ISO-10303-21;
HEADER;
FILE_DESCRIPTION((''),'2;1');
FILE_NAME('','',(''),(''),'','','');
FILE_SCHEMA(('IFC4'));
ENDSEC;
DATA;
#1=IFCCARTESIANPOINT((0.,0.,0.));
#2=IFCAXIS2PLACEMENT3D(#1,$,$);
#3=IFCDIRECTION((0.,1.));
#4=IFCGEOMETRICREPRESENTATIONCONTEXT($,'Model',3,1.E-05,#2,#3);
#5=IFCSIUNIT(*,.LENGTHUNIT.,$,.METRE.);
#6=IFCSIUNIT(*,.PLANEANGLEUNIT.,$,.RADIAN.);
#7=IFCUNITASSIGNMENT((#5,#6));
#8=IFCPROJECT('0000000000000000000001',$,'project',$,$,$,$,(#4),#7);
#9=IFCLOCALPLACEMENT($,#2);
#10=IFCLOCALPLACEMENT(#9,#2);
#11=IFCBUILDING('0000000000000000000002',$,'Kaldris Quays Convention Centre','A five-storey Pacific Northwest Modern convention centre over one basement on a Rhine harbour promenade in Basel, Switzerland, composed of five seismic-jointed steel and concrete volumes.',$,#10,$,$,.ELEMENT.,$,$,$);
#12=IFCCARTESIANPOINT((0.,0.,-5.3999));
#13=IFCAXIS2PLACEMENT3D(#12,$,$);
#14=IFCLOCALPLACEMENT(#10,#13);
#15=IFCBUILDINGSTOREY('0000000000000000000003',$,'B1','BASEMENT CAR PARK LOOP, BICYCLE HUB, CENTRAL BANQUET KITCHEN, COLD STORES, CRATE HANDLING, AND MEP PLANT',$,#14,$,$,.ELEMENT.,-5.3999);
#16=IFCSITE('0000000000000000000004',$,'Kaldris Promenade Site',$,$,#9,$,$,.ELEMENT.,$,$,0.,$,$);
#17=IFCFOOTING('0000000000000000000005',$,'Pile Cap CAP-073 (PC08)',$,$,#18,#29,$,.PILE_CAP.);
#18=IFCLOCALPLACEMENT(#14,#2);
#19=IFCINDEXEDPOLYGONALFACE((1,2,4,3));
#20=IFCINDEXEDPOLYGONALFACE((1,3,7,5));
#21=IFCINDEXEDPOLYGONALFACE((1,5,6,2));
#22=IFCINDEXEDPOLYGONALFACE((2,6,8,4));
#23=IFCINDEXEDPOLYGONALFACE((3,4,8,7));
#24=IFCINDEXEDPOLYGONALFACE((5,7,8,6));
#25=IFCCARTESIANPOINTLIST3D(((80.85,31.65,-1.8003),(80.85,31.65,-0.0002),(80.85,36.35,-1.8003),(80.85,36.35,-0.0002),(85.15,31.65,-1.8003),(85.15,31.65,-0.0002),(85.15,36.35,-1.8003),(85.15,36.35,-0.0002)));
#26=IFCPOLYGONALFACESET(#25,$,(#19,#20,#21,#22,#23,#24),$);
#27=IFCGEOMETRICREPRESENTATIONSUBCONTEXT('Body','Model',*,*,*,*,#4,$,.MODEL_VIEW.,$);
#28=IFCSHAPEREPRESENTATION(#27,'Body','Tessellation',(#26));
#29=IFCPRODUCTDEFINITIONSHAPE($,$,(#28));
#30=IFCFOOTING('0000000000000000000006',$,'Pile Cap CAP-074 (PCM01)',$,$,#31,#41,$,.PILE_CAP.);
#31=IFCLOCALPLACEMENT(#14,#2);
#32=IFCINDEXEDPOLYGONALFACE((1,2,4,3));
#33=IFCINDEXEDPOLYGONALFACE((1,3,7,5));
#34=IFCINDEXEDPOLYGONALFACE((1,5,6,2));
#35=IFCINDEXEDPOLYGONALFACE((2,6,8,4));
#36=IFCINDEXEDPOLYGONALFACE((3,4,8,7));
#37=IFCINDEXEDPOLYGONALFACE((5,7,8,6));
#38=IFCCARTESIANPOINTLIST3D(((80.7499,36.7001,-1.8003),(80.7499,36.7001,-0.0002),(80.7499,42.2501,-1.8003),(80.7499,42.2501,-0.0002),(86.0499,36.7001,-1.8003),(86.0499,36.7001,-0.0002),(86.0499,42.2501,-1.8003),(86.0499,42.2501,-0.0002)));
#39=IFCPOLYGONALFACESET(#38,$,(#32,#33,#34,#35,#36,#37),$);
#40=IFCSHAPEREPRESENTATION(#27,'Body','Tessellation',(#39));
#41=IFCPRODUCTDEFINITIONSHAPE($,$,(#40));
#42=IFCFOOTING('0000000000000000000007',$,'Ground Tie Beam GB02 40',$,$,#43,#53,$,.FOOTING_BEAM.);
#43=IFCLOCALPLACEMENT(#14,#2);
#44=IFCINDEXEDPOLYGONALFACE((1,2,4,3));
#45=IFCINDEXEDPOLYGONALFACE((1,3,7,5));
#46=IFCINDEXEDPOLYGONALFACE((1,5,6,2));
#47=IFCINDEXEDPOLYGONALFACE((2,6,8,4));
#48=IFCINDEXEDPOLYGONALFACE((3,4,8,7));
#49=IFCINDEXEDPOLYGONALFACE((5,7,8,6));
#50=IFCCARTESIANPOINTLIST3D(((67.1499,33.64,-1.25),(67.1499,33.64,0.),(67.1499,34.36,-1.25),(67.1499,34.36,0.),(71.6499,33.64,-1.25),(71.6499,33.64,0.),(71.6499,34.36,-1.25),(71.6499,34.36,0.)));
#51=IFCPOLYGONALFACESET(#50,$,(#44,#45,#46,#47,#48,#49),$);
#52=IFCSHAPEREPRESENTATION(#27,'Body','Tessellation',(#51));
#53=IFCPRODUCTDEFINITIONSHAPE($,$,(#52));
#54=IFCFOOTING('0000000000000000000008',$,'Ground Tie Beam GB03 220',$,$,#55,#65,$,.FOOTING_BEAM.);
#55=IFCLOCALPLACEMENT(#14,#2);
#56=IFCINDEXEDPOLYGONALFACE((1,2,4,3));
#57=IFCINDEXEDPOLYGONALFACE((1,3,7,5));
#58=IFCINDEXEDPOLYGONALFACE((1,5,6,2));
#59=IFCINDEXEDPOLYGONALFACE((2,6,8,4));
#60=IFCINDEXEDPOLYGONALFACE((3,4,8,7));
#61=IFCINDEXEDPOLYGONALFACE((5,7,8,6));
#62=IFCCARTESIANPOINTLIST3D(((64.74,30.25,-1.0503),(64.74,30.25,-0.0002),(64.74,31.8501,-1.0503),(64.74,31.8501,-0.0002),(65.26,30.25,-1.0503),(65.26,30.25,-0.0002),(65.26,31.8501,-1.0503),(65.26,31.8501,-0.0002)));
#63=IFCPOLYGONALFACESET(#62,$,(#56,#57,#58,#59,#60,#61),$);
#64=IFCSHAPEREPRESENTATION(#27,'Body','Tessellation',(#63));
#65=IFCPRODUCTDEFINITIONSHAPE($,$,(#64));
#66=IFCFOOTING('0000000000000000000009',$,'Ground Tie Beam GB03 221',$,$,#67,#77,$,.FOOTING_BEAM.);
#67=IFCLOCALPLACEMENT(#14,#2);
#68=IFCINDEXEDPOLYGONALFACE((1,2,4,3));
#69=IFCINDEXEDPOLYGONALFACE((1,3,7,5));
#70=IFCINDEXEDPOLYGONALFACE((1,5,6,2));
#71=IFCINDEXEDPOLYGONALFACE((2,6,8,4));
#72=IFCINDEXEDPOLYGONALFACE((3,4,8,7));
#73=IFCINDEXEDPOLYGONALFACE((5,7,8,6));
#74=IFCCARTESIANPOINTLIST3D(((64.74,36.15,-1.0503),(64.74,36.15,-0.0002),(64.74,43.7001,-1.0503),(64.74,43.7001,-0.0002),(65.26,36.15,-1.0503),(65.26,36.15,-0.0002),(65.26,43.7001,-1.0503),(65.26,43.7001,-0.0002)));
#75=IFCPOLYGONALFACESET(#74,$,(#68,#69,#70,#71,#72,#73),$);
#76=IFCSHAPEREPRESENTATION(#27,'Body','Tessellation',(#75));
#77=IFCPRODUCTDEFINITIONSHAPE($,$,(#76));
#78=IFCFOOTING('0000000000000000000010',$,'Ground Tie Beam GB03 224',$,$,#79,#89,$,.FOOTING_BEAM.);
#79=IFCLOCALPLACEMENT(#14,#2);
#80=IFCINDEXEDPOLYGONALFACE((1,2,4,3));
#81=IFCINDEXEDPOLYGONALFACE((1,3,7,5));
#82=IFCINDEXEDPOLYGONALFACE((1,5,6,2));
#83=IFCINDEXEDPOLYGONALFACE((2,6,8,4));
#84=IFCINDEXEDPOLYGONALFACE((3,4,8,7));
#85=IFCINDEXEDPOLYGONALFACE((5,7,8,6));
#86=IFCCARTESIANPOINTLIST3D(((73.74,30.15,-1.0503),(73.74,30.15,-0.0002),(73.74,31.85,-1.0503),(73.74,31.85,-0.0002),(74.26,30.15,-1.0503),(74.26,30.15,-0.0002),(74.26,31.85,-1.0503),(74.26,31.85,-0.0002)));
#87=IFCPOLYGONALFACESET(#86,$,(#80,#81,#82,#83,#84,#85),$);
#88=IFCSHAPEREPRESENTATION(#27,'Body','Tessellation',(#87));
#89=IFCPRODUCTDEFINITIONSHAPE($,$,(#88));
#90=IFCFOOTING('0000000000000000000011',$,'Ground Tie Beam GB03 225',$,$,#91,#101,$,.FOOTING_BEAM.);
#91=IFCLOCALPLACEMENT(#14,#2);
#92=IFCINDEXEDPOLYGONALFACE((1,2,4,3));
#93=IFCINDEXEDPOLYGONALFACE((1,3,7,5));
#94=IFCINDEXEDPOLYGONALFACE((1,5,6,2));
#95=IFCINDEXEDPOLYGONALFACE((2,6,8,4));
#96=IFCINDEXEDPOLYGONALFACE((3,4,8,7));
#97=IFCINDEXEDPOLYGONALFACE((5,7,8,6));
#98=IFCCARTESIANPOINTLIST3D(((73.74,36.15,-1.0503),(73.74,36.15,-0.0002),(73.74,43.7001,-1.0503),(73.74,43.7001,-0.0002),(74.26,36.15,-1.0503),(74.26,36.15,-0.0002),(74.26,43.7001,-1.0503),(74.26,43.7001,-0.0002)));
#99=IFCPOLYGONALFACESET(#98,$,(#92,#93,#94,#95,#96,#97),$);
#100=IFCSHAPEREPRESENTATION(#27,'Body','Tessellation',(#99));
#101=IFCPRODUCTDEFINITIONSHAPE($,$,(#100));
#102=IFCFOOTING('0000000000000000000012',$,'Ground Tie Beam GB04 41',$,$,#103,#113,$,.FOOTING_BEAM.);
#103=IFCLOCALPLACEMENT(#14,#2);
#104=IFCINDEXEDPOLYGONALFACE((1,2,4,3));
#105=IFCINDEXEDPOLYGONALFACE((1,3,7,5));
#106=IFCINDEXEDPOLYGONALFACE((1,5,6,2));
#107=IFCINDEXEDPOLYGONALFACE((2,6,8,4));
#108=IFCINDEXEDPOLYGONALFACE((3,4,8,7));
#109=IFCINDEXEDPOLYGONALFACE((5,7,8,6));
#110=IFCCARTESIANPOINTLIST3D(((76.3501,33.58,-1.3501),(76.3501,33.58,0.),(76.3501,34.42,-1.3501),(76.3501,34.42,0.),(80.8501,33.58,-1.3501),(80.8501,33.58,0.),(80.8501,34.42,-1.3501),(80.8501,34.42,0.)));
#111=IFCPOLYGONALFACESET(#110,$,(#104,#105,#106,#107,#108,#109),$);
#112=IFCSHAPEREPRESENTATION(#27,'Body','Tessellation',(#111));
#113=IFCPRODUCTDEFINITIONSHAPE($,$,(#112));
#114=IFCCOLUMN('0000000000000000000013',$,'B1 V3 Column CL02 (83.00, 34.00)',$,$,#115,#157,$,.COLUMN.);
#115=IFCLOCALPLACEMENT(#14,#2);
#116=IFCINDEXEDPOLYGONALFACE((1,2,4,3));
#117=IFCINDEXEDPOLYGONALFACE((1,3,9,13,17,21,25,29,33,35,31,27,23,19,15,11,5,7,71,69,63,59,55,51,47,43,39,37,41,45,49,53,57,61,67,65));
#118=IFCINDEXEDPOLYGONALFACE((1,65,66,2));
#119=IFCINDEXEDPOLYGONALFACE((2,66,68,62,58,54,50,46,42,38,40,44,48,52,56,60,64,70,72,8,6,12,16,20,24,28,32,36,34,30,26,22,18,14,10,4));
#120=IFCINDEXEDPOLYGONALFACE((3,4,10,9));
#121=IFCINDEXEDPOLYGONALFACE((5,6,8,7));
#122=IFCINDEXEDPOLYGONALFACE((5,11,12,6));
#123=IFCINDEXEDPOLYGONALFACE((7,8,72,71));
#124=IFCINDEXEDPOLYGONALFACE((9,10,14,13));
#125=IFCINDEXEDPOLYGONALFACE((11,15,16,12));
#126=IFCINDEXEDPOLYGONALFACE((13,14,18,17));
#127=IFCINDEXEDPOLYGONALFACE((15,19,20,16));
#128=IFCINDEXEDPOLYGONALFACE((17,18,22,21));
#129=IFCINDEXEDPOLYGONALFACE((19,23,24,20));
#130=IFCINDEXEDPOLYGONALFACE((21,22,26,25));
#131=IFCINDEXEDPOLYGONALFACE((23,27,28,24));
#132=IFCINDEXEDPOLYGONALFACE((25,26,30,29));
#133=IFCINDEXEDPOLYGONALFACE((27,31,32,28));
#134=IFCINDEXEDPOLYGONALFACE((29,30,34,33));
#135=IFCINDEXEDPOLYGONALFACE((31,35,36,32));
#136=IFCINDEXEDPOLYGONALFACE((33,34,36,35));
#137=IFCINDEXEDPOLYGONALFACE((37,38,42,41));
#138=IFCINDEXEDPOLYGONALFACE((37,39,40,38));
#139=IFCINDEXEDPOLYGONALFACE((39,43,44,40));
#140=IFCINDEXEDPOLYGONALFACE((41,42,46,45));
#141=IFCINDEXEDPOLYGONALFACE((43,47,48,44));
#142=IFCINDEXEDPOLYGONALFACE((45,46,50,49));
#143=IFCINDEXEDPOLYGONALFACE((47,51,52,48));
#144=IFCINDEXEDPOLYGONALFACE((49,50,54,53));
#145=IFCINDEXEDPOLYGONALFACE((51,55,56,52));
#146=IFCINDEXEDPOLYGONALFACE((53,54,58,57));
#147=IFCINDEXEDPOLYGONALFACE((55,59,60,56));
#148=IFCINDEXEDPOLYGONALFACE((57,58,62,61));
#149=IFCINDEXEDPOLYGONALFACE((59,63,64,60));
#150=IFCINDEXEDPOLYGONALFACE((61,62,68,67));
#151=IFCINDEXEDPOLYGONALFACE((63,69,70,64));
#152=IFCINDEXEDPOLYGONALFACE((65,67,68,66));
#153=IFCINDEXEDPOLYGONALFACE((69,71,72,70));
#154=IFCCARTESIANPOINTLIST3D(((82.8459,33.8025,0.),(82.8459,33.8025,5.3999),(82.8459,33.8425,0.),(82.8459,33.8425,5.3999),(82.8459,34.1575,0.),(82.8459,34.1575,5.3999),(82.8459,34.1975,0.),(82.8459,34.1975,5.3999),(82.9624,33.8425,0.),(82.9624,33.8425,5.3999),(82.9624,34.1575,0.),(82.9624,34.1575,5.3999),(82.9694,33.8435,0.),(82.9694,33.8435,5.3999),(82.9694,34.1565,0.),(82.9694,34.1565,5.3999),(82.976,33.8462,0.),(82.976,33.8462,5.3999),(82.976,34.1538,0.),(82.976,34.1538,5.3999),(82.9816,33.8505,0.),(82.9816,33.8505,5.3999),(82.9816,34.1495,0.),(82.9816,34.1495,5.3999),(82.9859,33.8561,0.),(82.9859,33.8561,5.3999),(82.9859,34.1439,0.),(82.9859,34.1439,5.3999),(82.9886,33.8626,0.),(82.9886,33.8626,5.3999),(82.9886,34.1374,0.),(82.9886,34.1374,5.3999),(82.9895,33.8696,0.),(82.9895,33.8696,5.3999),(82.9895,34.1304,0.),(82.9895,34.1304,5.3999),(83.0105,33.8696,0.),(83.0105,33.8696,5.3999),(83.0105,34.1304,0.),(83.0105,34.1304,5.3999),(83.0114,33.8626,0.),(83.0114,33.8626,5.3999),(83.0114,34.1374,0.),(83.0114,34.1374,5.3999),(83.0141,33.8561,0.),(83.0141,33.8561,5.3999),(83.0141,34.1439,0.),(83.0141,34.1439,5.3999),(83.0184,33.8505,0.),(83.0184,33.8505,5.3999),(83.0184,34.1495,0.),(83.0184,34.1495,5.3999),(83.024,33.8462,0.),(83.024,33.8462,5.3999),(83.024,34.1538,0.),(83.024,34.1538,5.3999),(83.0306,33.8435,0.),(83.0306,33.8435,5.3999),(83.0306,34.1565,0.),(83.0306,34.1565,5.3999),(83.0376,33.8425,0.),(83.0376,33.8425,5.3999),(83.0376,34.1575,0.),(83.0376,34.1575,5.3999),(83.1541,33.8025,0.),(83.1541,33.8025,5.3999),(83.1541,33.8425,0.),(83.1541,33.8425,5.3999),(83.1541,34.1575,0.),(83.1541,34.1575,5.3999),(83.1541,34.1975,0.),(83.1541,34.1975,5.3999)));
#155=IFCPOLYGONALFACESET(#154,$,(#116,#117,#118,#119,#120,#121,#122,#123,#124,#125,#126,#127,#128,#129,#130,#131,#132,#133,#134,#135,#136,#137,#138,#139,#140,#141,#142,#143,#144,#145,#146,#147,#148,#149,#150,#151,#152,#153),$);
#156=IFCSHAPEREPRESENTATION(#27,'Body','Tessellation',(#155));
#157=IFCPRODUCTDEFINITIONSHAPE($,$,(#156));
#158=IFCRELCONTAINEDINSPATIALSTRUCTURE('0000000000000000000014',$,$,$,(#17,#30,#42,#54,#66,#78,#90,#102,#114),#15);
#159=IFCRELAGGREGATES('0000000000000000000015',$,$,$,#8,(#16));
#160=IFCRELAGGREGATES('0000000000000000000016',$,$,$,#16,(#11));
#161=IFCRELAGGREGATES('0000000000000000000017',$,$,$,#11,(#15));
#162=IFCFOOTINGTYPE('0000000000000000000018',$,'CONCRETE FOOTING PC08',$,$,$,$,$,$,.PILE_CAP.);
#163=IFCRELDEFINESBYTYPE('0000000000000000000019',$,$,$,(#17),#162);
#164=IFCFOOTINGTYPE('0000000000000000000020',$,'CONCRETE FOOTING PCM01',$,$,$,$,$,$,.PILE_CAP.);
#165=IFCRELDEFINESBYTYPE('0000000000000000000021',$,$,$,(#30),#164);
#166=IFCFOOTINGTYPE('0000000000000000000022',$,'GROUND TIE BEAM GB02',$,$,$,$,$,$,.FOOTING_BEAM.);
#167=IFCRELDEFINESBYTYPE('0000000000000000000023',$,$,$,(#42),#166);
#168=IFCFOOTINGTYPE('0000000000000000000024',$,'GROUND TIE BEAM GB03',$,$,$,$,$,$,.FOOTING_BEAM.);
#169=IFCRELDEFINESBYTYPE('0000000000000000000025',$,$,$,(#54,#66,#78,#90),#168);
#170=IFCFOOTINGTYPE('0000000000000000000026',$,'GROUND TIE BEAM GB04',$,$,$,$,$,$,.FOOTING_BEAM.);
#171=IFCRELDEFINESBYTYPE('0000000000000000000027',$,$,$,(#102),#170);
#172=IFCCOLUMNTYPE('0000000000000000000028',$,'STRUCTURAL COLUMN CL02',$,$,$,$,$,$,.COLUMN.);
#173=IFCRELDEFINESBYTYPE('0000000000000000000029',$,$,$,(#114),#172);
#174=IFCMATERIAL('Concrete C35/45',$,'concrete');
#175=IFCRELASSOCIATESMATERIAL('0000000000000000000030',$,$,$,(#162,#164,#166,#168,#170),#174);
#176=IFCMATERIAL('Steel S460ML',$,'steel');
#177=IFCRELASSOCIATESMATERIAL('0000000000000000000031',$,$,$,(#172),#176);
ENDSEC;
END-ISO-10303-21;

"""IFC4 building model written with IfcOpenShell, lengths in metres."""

from ifc_helpers import new_model, si_unit, direction, frame, origin, origin_2d, place, context, subcontext, project, spatial, rectangle, i_section, extrude, material, material_profile, profile_set, type_object, element, save


model = new_model("IFC4")

# Units and contexts
model_context = context("Model", 3, precision=1e-05, world=origin(), true_north=direction((0.0, 1.0)))
body_context = subcontext(model_context, "Body", "Model", "MODEL_VIEW")
ifc_project = project(units=[si_unit("LENGTHUNIT", "METRE"), si_unit("PLANEANGLEUNIT", "RADIAN")], contexts=[model_context])

# Site, building, storey
site_placement = place(None, origin())
site = spatial("IfcSite", under=ifc_project, at=site_placement, Name="Kaldris Promenade Site", CompositionType="ELEMENT", RefElevation=0.0)
building_placement = place(site_placement, origin())
building = spatial("IfcBuilding", under=site, at=building_placement, Name="Kaldris Quays Convention Centre", Description="A five-storey Pacific Northwest Modern convention centre over one basement on a Rhine harbour promenade in Basel, Switzerland, composed of five seismic-jointed steel and concrete volumes.", CompositionType="ELEMENT")
storey_placement = place(building_placement, frame((0.0, 0.0, -5.3999)))
storey = spatial("IfcBuildingStorey", under=building, at=storey_placement, Name="B1", Description="BASEMENT CAR PARK LOOP, BICYCLE HUB, CENTRAL BANQUET KITCHEN, COLD STORES, CRATE HANDLING, AND MEP PLANT", CompositionType="ELEMENT", Elevation=-5.3999)

# Shared definitions
ifc_material_1 = material(Name="Concrete C35/45", Category="concrete")

# Footings
footing_type_1 = type_object("IfcFootingType", Name="CONCRETE FOOTING PC08", PredefinedType="PILE_CAP", material=ifc_material_1)
footing_1_placement = place(storey_placement, frame((83.0, 34.0, -1.8003), z_axis=(0.0, 0.0, 1.0), x_axis=(1.0, 0.0, 0.0)))
element("IfcFooting", 1, at=footing_1_placement, inside=storey, type_object=footing_type_1, Name="Pile Cap CAP-073 (PC08)", PredefinedType="PILE_CAP", context=body_context, shape_type="SweptSolid", body=[
    extrude(rectangle(XDim=4.3, YDim=4.7, at=origin_2d()), origin(), (0.0, 0.0, 1.0), 1.8),
])
footing_type_2 = type_object("IfcFootingType", Name="CONCRETE FOOTING PCM01", PredefinedType="PILE_CAP", material=ifc_material_1)
footing_2_placement = place(storey_placement, frame((83.3999, 39.4751, -1.8003), z_axis=(0.0, 0.0, 1.0), x_axis=(1.0, 0.0, 0.0)))
element("IfcFooting", 2, at=footing_2_placement, inside=storey, type_object=footing_type_2, Name="Pile Cap CAP-074 (PCM01)", PredefinedType="PILE_CAP", context=body_context, shape_type="SweptSolid", body=[
    extrude(rectangle(XDim=5.3, YDim=5.55, at=origin_2d()), origin(), (0.0, 0.0, 1.0), 1.8),
])
footing_type_3 = type_object("IfcFootingType", Name="GROUND TIE BEAM GB02", PredefinedType="FOOTING_BEAM", material=ifc_material_1)
footing_3_placement = place(storey_placement, frame((69.3999, 34.0, -1.25), z_axis=(0.0, 0.0, 1.0), x_axis=(1.0, 0.0, 0.0)))
element("IfcFooting", 3, at=footing_3_placement, inside=storey, type_object=footing_type_3, Name="Ground Tie Beam GB02 40", PredefinedType="FOOTING_BEAM", context=body_context, shape_type="SweptSolid", body=[
    extrude(rectangle(XDim=4.5, YDim=0.72, at=origin_2d()), origin(), (0.0, 0.0, 1.0), 1.25),
])
footing_type_4 = type_object("IfcFootingType", Name="GROUND TIE BEAM GB03", PredefinedType="FOOTING_BEAM", material=ifc_material_1)
footing_4_placement = place(storey_placement, frame((65.0, 31.05, -1.0503), z_axis=(0.0, 0.0, 1.0), x_axis=(1.0, 0.0, 0.0)))
element("IfcFooting", 4, at=footing_4_placement, inside=storey, type_object=footing_type_4, Name="Ground Tie Beam GB03 220", PredefinedType="FOOTING_BEAM", context=body_context, shape_type="SweptSolid", body=[
    extrude(rectangle(XDim=0.52, YDim=1.6001, at=origin_2d()), origin(), (0.0, 0.0, 1.0), 1.05),
])
footing_5_placement = place(storey_placement, frame((65.0, 39.925, -1.0503), z_axis=(0.0, 0.0, 1.0), x_axis=(1.0, 0.0, 0.0)))
element("IfcFooting", 5, at=footing_5_placement, inside=storey, type_object=footing_type_4, Name="Ground Tie Beam GB03 221", PredefinedType="FOOTING_BEAM", context=body_context, shape_type="SweptSolid", body=[
    extrude(rectangle(XDim=0.52, YDim=7.55, at=origin_2d()), origin(), (0.0, 0.0, 1.0), 1.05),
])
footing_6_placement = place(storey_placement, frame((74.0, 31.0, -1.0503), z_axis=(0.0, 0.0, 1.0), x_axis=(1.0, 0.0, 0.0)))
element("IfcFooting", 6, at=footing_6_placement, inside=storey, type_object=footing_type_4, Name="Ground Tie Beam GB03 224", PredefinedType="FOOTING_BEAM", context=body_context, shape_type="SweptSolid", body=[
    extrude(rectangle(XDim=0.52, YDim=1.7, at=origin_2d()), origin(), (0.0, 0.0, 1.0), 1.05),
])
footing_7_placement = place(storey_placement, frame((74.0, 39.925, -1.0503), z_axis=(0.0, 0.0, 1.0), x_axis=(1.0, 0.0, 0.0)))
element("IfcFooting", 7, at=footing_7_placement, inside=storey, type_object=footing_type_4, Name="Ground Tie Beam GB03 225", PredefinedType="FOOTING_BEAM", context=body_context, shape_type="SweptSolid", body=[
    extrude(rectangle(XDim=0.52, YDim=7.55, at=origin_2d()), origin(), (0.0, 0.0, 1.0), 1.05),
])
footing_type_5 = type_object("IfcFootingType", Name="GROUND TIE BEAM GB04", PredefinedType="FOOTING_BEAM", material=ifc_material_1)
footing_8_placement = place(storey_placement, frame((78.6001, 34.0, -1.3501), z_axis=(0.0, 0.0, 1.0), x_axis=(1.0, 0.0, 0.0)))
element("IfcFooting", 8, at=footing_8_placement, inside=storey, type_object=footing_type_5, Name="Ground Tie Beam GB04 41", PredefinedType="FOOTING_BEAM", context=body_context, shape_type="SweptSolid", body=[
    extrude(rectangle(XDim=4.5, YDim=0.8401, at=origin_2d()), origin(), (0.0, 0.0, 1.0), 1.3501),
])

# Column
ifc_material_2 = material(Name="Steel S460ML", Category="steel")
ifc_material_profile_1 = material_profile(ifc_material_2, i_section(OverallWidth=0.3081, OverallDepth=0.395, WebThickness=0.021, FlangeThickness=0.04, FilletRadius=0.0271, at=origin_2d()), Name="HEM 360")
ifc_profile_set_1 = profile_set([ifc_material_profile_1], Name="Steel S460ML")
column_type_1 = type_object("IfcColumnType", Name="STRUCTURAL COLUMN CL02", PredefinedType="COLUMN", material=ifc_profile_set_1)
for number, where, z_axis, x_axis, name in (
    (9, (83.0, 34.0, 0.0), (0.0, 0.0, 1.0), (1.0, 0.0, 0.0), "B1 V3 Column CL02 (83.00, 34.00)"),
):
    element("IfcColumn", number, at=place(storey_placement, frame(where, z_axis=z_axis, x_axis=x_axis)), inside=storey, type_object=column_type_1, Name=name, PredefinedType="COLUMN", context=body_context, shape_type="SweptSolid", body=[
        extrude(i_section(OverallWidth=0.3081, OverallDepth=0.395, WebThickness=0.021, FlangeThickness=0.04, FilletRadius=0.0271, at=origin_2d()), origin(), (0.0, 0.0, 1.0), 5.3999),
    ])

save(model, "model.ifc")
